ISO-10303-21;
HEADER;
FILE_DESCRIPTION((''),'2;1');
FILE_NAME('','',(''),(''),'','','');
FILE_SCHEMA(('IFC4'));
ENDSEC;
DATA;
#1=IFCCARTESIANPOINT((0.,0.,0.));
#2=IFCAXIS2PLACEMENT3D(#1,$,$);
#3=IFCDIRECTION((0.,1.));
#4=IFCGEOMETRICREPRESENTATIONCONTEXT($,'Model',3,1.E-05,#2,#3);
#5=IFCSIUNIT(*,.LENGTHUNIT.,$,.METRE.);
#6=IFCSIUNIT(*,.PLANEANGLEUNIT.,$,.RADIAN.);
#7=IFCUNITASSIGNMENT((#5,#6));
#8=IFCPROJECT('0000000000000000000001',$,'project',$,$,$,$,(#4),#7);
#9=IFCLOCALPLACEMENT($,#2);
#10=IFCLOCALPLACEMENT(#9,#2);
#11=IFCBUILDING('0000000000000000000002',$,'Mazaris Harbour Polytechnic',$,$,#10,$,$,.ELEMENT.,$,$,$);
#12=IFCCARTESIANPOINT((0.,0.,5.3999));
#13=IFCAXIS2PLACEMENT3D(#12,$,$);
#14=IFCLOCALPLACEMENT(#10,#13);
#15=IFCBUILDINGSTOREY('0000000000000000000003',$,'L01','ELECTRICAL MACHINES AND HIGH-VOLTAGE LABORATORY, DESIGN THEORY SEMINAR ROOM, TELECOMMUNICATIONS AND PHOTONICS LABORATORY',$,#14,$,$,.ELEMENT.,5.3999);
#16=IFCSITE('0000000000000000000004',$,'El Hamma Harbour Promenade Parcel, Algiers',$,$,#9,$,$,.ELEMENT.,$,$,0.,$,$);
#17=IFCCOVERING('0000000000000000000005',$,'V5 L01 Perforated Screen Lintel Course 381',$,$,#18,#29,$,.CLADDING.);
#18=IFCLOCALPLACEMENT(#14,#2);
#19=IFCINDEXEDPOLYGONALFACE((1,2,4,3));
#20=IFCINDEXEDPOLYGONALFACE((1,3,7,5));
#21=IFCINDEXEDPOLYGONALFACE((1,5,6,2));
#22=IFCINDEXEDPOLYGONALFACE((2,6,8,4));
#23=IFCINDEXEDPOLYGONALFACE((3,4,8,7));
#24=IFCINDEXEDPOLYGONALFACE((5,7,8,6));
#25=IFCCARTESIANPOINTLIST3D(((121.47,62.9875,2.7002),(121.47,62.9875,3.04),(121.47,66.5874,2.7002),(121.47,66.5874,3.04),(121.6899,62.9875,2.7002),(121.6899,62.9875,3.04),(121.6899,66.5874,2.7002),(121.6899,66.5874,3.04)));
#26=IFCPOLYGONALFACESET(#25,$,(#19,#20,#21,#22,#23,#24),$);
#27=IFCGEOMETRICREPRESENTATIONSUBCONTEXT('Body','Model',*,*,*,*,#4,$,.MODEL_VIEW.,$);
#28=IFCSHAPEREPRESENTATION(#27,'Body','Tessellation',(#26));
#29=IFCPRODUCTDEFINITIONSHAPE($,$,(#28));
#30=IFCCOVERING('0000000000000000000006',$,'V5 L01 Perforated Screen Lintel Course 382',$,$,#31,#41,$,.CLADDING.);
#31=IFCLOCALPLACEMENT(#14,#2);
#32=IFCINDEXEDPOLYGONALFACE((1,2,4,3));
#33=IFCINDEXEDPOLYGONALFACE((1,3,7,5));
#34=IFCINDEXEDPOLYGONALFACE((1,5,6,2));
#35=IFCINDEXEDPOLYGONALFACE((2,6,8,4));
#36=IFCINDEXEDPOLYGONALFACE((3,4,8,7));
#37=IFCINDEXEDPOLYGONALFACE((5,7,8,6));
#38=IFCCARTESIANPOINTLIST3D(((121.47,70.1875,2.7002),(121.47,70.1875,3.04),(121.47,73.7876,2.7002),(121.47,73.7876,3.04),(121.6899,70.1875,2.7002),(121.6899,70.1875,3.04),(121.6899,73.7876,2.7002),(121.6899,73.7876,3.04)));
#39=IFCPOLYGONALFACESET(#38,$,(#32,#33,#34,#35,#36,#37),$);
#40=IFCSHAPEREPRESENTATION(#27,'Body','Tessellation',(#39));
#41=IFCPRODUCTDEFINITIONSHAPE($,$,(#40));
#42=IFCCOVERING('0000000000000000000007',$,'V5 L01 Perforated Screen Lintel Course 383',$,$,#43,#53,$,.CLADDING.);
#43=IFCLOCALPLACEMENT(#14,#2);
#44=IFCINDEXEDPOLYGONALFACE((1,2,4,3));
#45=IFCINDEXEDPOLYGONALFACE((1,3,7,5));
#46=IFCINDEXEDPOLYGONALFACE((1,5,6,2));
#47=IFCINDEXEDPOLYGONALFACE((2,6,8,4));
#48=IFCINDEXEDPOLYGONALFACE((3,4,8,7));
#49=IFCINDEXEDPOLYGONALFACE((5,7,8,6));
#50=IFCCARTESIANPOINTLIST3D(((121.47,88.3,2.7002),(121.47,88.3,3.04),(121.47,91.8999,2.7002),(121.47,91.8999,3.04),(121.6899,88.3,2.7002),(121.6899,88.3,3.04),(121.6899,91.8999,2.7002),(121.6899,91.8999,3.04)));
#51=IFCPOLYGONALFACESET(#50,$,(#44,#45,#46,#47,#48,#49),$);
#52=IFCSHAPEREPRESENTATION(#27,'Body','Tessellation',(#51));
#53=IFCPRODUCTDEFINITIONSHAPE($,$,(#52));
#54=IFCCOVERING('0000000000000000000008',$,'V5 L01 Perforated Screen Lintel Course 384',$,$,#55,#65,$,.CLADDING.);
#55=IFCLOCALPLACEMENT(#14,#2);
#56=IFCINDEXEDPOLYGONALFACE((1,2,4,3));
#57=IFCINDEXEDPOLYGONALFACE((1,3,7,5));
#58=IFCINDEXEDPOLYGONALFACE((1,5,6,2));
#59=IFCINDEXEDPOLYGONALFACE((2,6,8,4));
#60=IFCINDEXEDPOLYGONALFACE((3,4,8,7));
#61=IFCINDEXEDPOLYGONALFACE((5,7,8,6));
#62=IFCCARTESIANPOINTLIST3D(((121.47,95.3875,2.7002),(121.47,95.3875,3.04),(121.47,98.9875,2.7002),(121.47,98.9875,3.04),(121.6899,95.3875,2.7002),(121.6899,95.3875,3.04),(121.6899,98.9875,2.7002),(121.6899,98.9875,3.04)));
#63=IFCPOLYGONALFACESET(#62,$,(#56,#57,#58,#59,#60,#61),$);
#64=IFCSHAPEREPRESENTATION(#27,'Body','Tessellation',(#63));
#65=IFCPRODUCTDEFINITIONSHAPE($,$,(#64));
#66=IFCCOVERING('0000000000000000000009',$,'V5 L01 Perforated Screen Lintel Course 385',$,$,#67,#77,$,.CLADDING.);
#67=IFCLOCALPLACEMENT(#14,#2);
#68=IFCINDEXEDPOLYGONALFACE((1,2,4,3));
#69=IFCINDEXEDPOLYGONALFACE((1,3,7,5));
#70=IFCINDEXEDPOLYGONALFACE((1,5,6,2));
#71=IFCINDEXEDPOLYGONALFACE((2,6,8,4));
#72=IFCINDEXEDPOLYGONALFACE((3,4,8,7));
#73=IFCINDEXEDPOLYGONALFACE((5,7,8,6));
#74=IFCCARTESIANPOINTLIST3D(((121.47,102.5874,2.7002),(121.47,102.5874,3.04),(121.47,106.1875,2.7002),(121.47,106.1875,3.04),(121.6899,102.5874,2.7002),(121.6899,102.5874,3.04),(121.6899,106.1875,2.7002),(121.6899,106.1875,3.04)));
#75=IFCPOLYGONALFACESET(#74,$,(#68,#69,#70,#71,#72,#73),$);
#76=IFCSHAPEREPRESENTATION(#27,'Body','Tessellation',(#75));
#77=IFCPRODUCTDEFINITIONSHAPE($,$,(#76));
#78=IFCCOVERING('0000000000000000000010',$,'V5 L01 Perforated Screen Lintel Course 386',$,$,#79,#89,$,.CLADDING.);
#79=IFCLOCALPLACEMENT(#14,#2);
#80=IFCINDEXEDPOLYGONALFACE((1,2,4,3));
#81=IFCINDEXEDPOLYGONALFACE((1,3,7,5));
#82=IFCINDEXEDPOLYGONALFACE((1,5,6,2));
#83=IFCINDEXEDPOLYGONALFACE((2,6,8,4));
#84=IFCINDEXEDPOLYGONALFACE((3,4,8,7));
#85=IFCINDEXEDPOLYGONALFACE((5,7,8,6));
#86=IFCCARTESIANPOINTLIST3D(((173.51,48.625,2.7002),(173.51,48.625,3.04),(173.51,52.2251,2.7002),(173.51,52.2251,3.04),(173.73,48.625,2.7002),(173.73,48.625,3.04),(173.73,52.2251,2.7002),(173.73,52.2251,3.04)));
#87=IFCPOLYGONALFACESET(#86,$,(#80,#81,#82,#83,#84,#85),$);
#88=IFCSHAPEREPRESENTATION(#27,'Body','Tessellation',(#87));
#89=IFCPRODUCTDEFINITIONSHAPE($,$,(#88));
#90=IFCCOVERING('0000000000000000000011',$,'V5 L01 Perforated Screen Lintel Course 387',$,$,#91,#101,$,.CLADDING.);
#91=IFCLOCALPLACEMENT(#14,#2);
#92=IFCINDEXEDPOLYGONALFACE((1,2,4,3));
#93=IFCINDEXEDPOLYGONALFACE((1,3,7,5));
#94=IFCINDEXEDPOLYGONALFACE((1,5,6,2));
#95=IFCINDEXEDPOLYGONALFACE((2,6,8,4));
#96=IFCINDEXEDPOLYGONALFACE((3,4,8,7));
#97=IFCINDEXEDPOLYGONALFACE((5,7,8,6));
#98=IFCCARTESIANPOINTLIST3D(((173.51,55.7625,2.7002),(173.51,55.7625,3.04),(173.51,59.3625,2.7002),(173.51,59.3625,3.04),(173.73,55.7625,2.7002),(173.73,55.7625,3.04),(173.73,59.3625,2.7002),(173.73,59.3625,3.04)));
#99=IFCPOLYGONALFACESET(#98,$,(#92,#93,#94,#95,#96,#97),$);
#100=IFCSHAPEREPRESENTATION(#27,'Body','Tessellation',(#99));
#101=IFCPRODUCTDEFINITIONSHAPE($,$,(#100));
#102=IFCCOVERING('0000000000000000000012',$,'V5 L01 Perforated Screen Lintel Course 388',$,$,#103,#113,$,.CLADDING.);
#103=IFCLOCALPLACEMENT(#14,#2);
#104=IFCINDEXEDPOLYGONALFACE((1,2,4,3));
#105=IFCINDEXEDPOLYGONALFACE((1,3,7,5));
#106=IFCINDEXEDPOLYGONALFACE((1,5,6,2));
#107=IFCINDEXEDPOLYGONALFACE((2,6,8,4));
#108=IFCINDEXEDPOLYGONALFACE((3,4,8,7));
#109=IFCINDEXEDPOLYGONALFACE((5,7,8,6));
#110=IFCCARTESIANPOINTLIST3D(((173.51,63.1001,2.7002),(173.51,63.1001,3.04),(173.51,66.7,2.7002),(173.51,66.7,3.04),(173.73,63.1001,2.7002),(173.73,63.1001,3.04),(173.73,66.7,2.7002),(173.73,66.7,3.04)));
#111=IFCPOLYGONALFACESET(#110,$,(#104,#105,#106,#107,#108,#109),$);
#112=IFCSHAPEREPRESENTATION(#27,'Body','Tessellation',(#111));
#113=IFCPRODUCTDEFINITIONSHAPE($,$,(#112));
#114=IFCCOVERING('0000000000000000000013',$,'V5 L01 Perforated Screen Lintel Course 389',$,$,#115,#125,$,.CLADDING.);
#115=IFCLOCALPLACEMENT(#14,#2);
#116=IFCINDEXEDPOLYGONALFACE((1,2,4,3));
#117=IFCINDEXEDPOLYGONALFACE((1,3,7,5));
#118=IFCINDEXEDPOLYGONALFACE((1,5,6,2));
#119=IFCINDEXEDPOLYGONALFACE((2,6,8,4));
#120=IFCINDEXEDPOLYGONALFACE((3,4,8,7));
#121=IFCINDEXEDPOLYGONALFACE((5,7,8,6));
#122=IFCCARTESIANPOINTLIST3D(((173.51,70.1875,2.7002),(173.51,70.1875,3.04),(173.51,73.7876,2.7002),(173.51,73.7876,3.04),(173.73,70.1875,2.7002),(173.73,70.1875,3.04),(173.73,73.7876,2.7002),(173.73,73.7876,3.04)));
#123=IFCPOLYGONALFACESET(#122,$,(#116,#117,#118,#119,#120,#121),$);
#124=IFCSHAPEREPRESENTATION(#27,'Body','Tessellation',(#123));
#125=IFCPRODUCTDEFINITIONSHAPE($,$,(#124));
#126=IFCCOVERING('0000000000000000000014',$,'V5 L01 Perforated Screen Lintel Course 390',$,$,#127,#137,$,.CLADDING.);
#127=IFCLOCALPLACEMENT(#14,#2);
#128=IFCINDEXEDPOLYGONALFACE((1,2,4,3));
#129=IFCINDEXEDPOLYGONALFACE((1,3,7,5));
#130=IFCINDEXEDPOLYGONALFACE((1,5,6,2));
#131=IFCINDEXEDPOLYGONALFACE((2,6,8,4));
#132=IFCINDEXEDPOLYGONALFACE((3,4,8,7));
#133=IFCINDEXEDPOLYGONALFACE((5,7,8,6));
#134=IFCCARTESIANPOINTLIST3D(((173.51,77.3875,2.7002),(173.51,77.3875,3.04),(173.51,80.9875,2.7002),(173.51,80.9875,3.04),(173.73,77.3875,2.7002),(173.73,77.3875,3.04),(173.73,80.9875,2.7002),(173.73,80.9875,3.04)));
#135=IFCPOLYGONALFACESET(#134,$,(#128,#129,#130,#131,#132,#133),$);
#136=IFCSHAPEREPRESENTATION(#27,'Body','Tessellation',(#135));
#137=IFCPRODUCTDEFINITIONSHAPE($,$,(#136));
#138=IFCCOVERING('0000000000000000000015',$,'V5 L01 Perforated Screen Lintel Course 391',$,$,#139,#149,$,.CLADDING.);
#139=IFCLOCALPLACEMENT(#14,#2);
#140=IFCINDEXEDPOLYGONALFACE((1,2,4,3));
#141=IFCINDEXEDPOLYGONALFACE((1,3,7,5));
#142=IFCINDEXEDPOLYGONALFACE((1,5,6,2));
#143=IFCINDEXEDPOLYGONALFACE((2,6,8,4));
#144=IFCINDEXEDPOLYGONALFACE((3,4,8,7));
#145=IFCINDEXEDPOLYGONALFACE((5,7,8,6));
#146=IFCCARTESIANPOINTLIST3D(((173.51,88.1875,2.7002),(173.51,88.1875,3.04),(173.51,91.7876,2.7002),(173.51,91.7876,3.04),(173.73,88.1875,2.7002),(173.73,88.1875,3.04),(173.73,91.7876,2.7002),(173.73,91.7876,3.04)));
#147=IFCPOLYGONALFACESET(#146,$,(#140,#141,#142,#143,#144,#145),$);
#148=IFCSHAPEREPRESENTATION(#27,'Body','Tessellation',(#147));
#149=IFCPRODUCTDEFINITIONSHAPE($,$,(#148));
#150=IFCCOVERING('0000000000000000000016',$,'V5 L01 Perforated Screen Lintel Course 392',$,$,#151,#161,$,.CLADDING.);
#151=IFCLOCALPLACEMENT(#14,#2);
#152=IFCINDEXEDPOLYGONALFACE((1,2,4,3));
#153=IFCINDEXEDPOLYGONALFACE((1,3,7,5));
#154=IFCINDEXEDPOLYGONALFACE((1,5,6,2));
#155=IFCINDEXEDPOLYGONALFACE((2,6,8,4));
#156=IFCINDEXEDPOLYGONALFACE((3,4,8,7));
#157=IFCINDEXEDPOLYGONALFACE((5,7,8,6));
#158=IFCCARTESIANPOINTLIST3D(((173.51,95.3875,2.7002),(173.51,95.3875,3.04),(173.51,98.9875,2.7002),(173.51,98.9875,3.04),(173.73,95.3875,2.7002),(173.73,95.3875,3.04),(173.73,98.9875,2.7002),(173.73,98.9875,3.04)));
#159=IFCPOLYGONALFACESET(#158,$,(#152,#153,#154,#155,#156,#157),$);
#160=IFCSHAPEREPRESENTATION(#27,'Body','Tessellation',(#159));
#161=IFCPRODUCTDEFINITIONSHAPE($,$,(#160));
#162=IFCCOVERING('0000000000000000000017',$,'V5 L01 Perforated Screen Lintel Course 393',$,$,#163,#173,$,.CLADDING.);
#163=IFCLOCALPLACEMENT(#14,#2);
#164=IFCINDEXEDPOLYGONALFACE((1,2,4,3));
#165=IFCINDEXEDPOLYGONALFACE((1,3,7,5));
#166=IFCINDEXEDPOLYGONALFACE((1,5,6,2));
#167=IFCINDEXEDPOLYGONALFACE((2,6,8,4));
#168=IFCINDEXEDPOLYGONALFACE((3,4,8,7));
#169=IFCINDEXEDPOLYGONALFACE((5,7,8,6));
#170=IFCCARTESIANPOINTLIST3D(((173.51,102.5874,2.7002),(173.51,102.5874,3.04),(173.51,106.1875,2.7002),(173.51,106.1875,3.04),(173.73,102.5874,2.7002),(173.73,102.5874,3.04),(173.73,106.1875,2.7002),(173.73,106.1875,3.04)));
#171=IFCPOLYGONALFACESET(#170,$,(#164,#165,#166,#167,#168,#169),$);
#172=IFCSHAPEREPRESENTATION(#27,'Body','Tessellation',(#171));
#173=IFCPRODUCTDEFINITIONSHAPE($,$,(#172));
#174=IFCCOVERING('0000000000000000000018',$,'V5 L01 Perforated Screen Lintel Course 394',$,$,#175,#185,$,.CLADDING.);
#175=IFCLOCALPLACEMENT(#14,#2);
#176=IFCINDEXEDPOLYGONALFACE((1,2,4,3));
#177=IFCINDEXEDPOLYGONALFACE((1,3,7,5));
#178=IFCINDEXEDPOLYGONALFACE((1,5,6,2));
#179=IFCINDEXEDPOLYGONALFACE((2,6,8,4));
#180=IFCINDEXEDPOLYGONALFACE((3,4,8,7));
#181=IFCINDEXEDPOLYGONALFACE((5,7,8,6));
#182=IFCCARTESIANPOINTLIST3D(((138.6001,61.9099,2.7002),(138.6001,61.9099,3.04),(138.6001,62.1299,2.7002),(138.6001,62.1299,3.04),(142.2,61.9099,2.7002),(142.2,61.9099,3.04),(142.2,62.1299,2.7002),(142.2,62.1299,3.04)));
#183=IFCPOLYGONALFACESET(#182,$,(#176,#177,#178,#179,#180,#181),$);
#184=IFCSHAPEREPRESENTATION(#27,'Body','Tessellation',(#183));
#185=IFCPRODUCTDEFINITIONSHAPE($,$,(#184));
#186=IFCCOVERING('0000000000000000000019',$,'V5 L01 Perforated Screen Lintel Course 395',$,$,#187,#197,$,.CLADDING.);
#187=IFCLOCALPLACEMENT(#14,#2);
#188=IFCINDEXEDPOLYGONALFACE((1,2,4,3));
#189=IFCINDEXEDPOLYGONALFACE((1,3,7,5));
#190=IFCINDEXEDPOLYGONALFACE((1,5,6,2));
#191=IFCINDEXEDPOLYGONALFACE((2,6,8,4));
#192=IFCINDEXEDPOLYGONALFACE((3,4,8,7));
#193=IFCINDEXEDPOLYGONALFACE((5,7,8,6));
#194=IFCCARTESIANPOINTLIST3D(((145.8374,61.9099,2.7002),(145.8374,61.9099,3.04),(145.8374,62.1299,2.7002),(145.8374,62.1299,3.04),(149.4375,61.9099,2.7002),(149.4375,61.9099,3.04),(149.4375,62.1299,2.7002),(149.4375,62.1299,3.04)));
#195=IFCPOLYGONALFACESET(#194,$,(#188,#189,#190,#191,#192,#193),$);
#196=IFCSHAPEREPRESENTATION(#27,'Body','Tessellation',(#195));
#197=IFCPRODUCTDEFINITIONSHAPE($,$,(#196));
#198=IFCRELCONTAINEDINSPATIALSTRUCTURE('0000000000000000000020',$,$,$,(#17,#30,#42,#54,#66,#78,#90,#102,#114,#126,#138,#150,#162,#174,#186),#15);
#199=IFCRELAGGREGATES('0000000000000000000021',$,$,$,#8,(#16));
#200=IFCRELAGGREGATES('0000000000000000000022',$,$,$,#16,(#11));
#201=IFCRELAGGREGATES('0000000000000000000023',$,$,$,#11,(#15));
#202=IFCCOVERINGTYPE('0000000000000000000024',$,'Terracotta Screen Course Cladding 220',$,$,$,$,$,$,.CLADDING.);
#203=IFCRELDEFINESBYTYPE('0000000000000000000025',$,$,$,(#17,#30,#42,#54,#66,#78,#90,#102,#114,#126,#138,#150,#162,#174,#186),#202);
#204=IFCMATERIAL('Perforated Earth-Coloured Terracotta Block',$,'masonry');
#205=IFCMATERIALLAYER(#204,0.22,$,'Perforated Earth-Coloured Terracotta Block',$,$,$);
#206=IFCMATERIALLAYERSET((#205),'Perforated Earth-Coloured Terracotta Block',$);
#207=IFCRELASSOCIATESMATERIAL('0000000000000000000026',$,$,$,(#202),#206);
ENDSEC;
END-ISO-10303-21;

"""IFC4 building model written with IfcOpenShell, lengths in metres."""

from ifc_helpers import new_model, si_unit, direction, frame, origin, place, context, subcontext, project, spatial, polyline, outline, extrude, material, layer, layer_set, type_object, element, save


model = new_model("IFC4")

# Units and contexts
model_context = context("Model", 3, precision=1e-05, world=origin(), true_north=direction((0.0, 1.0)))
body_context = subcontext(model_context, "Body", "Model", "MODEL_VIEW")
ifc_project = project(units=[si_unit("LENGTHUNIT", "METRE"), si_unit("PLANEANGLEUNIT", "RADIAN")], contexts=[model_context])

# Site, building, storey
site_placement = place(None, origin())
site = spatial("IfcSite", under=ifc_project, at=site_placement, Name="El Hamma Harbour Promenade Parcel, Algiers", CompositionType="ELEMENT", RefElevation=0.0)
building_placement = place(site_placement, origin())
building = spatial("IfcBuilding", under=site, at=building_placement, Name="Mazaris Harbour Polytechnic", CompositionType="ELEMENT")
storey_placement = place(building_placement, frame((0.0, 0.0, 5.3999)))
storey = spatial("IfcBuildingStorey", under=building, at=storey_placement, Name="L01", Description="ELECTRICAL MACHINES AND HIGH-VOLTAGE LABORATORY, DESIGN THEORY SEMINAR ROOM, TELECOMMUNICATIONS AND PHOTONICS LABORATORY", CompositionType="ELEMENT", Elevation=5.3999)

# Coverings
ifc_material = material(Name="Perforated Earth-Coloured Terracotta Block", Category="masonry")
ifc_layer = layer(ifc_material, 0.22, Name="Perforated Earth-Coloured Terracotta Block")
ifc_layer_set = layer_set([ifc_layer], Name="Perforated Earth-Coloured Terracotta Block")
covering_type = type_object("IfcCoveringType", Name="Terracotta Screen Course Cladding 220", PredefinedType="CLADDING", material=ifc_layer_set)
covering_1_placement = place(storey_placement, frame((0.0, 0.0, 2.7002)))
element("IfcCovering", 1, at=covering_1_placement, inside=storey, type_object=covering_type, Name="V5 L01 Perforated Screen Lintel Course 381", PredefinedType="CLADDING", context=body_context, shape_type="SweptSolid", body=[
    extrude(outline(polyline([(121.6899, 62.9875), (121.6899, 66.5874), (121.47, 66.5874), (121.47, 62.9875), (121.6899, 62.9875)])), origin(), (0.0, 0.0, 1.0), 0.3398),
])
covering_2_placement = place(storey_placement, frame((0.0, 0.0, 2.7002)))
element("IfcCovering", 2, at=covering_2_placement, inside=storey, type_object=covering_type, Name="V5 L01 Perforated Screen Lintel Course 382", PredefinedType="CLADDING", context=body_context, shape_type="SweptSolid", body=[
    extrude(outline(polyline([(121.6899, 70.1875), (121.6899, 73.7876), (121.47, 73.7876), (121.47, 70.1875), (121.6899, 70.1875)])), origin(), (0.0, 0.0, 1.0), 0.3398),
])
covering_3_placement = place(storey_placement, frame((0.0, 0.0, 2.7002)))
element("IfcCovering", 3, at=covering_3_placement, inside=storey, type_object=covering_type, Name="V5 L01 Perforated Screen Lintel Course 383", PredefinedType="CLADDING", context=body_context, shape_type="SweptSolid", body=[
    extrude(outline(polyline([(121.6899, 88.3), (121.6899, 91.8999), (121.47, 91.8999), (121.47, 88.3), (121.6899, 88.3)])), origin(), (0.0, 0.0, 1.0), 0.3398),
])
covering_4_placement = place(storey_placement, frame((0.0, 0.0, 2.7002)))
element("IfcCovering", 4, at=covering_4_placement, inside=storey, type_object=covering_type, Name="V5 L01 Perforated Screen Lintel Course 384", PredefinedType="CLADDING", context=body_context, shape_type="SweptSolid", body=[
    extrude(outline(polyline([(121.6899, 95.3875), (121.6899, 98.9875), (121.47, 98.9875), (121.47, 95.3875), (121.6899, 95.3875)])), origin(), (0.0, 0.0, 1.0), 0.3398),
])
covering_5_placement = place(storey_placement, frame((0.0, 0.0, 2.7002)))
element("IfcCovering", 5, at=covering_5_placement, inside=storey, type_object=covering_type, Name="V5 L01 Perforated Screen Lintel Course 385", PredefinedType="CLADDING", context=body_context, shape_type="SweptSolid", body=[
    extrude(outline(polyline([(121.6899, 102.5874), (121.6899, 106.1875), (121.47, 106.1875), (121.47, 102.5874), (121.6899, 102.5874)])), origin(), (0.0, 0.0, 1.0), 0.3398),
])
covering_6_placement = place(storey_placement, frame((0.0, 0.0, 2.7002)))
element("IfcCovering", 6, at=covering_6_placement, inside=storey, type_object=covering_type, Name="V5 L01 Perforated Screen Lintel Course 386", PredefinedType="CLADDING", context=body_context, shape_type="SweptSolid", body=[
    extrude(outline(polyline([(173.51, 52.2251), (173.51, 48.625), (173.73, 48.625), (173.73, 52.2251), (173.51, 52.2251)])), origin(), (0.0, 0.0, 1.0), 0.3398),
])
covering_7_placement = place(storey_placement, frame((0.0, 0.0, 2.7002)))
element("IfcCovering", 7, at=covering_7_placement, inside=storey, type_object=covering_type, Name="V5 L01 Perforated Screen Lintel Course 387", PredefinedType="CLADDING", context=body_context, shape_type="SweptSolid", body=[
    extrude(outline(polyline([(173.51, 59.3625), (173.51, 55.7625), (173.73, 55.7625), (173.73, 59.3625), (173.51, 59.3625)])), origin(), (0.0, 0.0, 1.0), 0.3398),
])
covering_8_placement = place(storey_placement, frame((0.0, 0.0, 2.7002)))
element("IfcCovering", 8, at=covering_8_placement, inside=storey, type_object=covering_type, Name="V5 L01 Perforated Screen Lintel Course 388", PredefinedType="CLADDING", context=body_context, shape_type="SweptSolid", body=[
    extrude(outline(polyline([(173.51, 66.7), (173.51, 63.1001), (173.73, 63.1001), (173.73, 66.7), (173.51, 66.7)])), origin(), (0.0, 0.0, 1.0), 0.3398),
])
covering_9_placement = place(storey_placement, frame((0.0, 0.0, 2.7002)))
element("IfcCovering", 9, at=covering_9_placement, inside=storey, type_object=covering_type, Name="V5 L01 Perforated Screen Lintel Course 389", PredefinedType="CLADDING", context=body_context, shape_type="SweptSolid", body=[
    extrude(outline(polyline([(173.51, 73.7876), (173.51, 70.1875), (173.73, 70.1875), (173.73, 73.7876), (173.51, 73.7876)])), origin(), (0.0, 0.0, 1.0), 0.3398),
])
covering_10_placement = place(storey_placement, frame((0.0, 0.0, 2.7002)))
element("IfcCovering", 10, at=covering_10_placement, inside=storey, type_object=covering_type, Name="V5 L01 Perforated Screen Lintel Course 390", PredefinedType="CLADDING", context=body_context, shape_type="SweptSolid", body=[
    extrude(outline(polyline([(173.51, 80.9875), (173.51, 77.3875), (173.73, 77.3875), (173.73, 80.9875), (173.51, 80.9875)])), origin(), (0.0, 0.0, 1.0), 0.3398),
])
covering_11_placement = place(storey_placement, frame((0.0, 0.0, 2.7002)))
element("IfcCovering", 11, at=covering_11_placement, inside=storey, type_object=covering_type, Name="V5 L01 Perforated Screen Lintel Course 391", PredefinedType="CLADDING", context=body_context, shape_type="SweptSolid", body=[
    extrude(outline(polyline([(173.51, 91.7876), (173.51, 88.1875), (173.73, 88.1875), (173.73, 91.7876), (173.51, 91.7876)])), origin(), (0.0, 0.0, 1.0), 0.3398),
])
covering_12_placement = place(storey_placement, frame((0.0, 0.0, 2.7002)))
element("IfcCovering", 12, at=covering_12_placement, inside=storey, type_object=covering_type, Name="V5 L01 Perforated Screen Lintel Course 392", PredefinedType="CLADDING", context=body_context, shape_type="SweptSolid", body=[
    extrude(outline(polyline([(173.51, 98.9875), (173.51, 95.3875), (173.73, 95.3875), (173.73, 98.9875), (173.51, 98.9875)])), origin(), (0.0, 0.0, 1.0), 0.3398),
])
covering_13_placement = place(storey_placement, frame((0.0, 0.0, 2.7002)))
element("IfcCovering", 13, at=covering_13_placement, inside=storey, type_object=covering_type, Name="V5 L01 Perforated Screen Lintel Course 393", PredefinedType="CLADDING", context=body_context, shape_type="SweptSolid", body=[
    extrude(outline(polyline([(173.51, 106.1875), (173.51, 102.5874), (173.73, 102.5874), (173.73, 106.1875), (173.51, 106.1875)])), origin(), (0.0, 0.0, 1.0), 0.3398),
])
covering_14_placement = place(storey_placement, frame((0.0, 0.0, 2.7002)))
element("IfcCovering", 14, at=covering_14_placement, inside=storey, type_object=covering_type, Name="V5 L01 Perforated Screen Lintel Course 394", PredefinedType="CLADDING", context=body_context, shape_type="SweptSolid", body=[
    extrude(outline(polyline([(138.6001, 61.9099), (142.2, 61.9099), (142.2, 62.1299), (138.6001, 62.1299), (138.6001, 61.9099)])), origin(), (0.0, 0.0, 1.0), 0.3398),
])
covering_15_placement = place(storey_placement, frame((0.0, 0.0, 2.7002)))
element("IfcCovering", 15, at=covering_15_placement, inside=storey, type_object=covering_type, Name="V5 L01 Perforated Screen Lintel Course 395", PredefinedType="CLADDING", context=body_context, shape_type="SweptSolid", body=[
    extrude(outline(polyline([(145.8374, 61.9099), (149.4375, 61.9099), (149.4375, 62.1299), (145.8374, 62.1299), (145.8374, 61.9099)])), origin(), (0.0, 0.0, 1.0), 0.3398),
])

save(model, "model.ifc")
